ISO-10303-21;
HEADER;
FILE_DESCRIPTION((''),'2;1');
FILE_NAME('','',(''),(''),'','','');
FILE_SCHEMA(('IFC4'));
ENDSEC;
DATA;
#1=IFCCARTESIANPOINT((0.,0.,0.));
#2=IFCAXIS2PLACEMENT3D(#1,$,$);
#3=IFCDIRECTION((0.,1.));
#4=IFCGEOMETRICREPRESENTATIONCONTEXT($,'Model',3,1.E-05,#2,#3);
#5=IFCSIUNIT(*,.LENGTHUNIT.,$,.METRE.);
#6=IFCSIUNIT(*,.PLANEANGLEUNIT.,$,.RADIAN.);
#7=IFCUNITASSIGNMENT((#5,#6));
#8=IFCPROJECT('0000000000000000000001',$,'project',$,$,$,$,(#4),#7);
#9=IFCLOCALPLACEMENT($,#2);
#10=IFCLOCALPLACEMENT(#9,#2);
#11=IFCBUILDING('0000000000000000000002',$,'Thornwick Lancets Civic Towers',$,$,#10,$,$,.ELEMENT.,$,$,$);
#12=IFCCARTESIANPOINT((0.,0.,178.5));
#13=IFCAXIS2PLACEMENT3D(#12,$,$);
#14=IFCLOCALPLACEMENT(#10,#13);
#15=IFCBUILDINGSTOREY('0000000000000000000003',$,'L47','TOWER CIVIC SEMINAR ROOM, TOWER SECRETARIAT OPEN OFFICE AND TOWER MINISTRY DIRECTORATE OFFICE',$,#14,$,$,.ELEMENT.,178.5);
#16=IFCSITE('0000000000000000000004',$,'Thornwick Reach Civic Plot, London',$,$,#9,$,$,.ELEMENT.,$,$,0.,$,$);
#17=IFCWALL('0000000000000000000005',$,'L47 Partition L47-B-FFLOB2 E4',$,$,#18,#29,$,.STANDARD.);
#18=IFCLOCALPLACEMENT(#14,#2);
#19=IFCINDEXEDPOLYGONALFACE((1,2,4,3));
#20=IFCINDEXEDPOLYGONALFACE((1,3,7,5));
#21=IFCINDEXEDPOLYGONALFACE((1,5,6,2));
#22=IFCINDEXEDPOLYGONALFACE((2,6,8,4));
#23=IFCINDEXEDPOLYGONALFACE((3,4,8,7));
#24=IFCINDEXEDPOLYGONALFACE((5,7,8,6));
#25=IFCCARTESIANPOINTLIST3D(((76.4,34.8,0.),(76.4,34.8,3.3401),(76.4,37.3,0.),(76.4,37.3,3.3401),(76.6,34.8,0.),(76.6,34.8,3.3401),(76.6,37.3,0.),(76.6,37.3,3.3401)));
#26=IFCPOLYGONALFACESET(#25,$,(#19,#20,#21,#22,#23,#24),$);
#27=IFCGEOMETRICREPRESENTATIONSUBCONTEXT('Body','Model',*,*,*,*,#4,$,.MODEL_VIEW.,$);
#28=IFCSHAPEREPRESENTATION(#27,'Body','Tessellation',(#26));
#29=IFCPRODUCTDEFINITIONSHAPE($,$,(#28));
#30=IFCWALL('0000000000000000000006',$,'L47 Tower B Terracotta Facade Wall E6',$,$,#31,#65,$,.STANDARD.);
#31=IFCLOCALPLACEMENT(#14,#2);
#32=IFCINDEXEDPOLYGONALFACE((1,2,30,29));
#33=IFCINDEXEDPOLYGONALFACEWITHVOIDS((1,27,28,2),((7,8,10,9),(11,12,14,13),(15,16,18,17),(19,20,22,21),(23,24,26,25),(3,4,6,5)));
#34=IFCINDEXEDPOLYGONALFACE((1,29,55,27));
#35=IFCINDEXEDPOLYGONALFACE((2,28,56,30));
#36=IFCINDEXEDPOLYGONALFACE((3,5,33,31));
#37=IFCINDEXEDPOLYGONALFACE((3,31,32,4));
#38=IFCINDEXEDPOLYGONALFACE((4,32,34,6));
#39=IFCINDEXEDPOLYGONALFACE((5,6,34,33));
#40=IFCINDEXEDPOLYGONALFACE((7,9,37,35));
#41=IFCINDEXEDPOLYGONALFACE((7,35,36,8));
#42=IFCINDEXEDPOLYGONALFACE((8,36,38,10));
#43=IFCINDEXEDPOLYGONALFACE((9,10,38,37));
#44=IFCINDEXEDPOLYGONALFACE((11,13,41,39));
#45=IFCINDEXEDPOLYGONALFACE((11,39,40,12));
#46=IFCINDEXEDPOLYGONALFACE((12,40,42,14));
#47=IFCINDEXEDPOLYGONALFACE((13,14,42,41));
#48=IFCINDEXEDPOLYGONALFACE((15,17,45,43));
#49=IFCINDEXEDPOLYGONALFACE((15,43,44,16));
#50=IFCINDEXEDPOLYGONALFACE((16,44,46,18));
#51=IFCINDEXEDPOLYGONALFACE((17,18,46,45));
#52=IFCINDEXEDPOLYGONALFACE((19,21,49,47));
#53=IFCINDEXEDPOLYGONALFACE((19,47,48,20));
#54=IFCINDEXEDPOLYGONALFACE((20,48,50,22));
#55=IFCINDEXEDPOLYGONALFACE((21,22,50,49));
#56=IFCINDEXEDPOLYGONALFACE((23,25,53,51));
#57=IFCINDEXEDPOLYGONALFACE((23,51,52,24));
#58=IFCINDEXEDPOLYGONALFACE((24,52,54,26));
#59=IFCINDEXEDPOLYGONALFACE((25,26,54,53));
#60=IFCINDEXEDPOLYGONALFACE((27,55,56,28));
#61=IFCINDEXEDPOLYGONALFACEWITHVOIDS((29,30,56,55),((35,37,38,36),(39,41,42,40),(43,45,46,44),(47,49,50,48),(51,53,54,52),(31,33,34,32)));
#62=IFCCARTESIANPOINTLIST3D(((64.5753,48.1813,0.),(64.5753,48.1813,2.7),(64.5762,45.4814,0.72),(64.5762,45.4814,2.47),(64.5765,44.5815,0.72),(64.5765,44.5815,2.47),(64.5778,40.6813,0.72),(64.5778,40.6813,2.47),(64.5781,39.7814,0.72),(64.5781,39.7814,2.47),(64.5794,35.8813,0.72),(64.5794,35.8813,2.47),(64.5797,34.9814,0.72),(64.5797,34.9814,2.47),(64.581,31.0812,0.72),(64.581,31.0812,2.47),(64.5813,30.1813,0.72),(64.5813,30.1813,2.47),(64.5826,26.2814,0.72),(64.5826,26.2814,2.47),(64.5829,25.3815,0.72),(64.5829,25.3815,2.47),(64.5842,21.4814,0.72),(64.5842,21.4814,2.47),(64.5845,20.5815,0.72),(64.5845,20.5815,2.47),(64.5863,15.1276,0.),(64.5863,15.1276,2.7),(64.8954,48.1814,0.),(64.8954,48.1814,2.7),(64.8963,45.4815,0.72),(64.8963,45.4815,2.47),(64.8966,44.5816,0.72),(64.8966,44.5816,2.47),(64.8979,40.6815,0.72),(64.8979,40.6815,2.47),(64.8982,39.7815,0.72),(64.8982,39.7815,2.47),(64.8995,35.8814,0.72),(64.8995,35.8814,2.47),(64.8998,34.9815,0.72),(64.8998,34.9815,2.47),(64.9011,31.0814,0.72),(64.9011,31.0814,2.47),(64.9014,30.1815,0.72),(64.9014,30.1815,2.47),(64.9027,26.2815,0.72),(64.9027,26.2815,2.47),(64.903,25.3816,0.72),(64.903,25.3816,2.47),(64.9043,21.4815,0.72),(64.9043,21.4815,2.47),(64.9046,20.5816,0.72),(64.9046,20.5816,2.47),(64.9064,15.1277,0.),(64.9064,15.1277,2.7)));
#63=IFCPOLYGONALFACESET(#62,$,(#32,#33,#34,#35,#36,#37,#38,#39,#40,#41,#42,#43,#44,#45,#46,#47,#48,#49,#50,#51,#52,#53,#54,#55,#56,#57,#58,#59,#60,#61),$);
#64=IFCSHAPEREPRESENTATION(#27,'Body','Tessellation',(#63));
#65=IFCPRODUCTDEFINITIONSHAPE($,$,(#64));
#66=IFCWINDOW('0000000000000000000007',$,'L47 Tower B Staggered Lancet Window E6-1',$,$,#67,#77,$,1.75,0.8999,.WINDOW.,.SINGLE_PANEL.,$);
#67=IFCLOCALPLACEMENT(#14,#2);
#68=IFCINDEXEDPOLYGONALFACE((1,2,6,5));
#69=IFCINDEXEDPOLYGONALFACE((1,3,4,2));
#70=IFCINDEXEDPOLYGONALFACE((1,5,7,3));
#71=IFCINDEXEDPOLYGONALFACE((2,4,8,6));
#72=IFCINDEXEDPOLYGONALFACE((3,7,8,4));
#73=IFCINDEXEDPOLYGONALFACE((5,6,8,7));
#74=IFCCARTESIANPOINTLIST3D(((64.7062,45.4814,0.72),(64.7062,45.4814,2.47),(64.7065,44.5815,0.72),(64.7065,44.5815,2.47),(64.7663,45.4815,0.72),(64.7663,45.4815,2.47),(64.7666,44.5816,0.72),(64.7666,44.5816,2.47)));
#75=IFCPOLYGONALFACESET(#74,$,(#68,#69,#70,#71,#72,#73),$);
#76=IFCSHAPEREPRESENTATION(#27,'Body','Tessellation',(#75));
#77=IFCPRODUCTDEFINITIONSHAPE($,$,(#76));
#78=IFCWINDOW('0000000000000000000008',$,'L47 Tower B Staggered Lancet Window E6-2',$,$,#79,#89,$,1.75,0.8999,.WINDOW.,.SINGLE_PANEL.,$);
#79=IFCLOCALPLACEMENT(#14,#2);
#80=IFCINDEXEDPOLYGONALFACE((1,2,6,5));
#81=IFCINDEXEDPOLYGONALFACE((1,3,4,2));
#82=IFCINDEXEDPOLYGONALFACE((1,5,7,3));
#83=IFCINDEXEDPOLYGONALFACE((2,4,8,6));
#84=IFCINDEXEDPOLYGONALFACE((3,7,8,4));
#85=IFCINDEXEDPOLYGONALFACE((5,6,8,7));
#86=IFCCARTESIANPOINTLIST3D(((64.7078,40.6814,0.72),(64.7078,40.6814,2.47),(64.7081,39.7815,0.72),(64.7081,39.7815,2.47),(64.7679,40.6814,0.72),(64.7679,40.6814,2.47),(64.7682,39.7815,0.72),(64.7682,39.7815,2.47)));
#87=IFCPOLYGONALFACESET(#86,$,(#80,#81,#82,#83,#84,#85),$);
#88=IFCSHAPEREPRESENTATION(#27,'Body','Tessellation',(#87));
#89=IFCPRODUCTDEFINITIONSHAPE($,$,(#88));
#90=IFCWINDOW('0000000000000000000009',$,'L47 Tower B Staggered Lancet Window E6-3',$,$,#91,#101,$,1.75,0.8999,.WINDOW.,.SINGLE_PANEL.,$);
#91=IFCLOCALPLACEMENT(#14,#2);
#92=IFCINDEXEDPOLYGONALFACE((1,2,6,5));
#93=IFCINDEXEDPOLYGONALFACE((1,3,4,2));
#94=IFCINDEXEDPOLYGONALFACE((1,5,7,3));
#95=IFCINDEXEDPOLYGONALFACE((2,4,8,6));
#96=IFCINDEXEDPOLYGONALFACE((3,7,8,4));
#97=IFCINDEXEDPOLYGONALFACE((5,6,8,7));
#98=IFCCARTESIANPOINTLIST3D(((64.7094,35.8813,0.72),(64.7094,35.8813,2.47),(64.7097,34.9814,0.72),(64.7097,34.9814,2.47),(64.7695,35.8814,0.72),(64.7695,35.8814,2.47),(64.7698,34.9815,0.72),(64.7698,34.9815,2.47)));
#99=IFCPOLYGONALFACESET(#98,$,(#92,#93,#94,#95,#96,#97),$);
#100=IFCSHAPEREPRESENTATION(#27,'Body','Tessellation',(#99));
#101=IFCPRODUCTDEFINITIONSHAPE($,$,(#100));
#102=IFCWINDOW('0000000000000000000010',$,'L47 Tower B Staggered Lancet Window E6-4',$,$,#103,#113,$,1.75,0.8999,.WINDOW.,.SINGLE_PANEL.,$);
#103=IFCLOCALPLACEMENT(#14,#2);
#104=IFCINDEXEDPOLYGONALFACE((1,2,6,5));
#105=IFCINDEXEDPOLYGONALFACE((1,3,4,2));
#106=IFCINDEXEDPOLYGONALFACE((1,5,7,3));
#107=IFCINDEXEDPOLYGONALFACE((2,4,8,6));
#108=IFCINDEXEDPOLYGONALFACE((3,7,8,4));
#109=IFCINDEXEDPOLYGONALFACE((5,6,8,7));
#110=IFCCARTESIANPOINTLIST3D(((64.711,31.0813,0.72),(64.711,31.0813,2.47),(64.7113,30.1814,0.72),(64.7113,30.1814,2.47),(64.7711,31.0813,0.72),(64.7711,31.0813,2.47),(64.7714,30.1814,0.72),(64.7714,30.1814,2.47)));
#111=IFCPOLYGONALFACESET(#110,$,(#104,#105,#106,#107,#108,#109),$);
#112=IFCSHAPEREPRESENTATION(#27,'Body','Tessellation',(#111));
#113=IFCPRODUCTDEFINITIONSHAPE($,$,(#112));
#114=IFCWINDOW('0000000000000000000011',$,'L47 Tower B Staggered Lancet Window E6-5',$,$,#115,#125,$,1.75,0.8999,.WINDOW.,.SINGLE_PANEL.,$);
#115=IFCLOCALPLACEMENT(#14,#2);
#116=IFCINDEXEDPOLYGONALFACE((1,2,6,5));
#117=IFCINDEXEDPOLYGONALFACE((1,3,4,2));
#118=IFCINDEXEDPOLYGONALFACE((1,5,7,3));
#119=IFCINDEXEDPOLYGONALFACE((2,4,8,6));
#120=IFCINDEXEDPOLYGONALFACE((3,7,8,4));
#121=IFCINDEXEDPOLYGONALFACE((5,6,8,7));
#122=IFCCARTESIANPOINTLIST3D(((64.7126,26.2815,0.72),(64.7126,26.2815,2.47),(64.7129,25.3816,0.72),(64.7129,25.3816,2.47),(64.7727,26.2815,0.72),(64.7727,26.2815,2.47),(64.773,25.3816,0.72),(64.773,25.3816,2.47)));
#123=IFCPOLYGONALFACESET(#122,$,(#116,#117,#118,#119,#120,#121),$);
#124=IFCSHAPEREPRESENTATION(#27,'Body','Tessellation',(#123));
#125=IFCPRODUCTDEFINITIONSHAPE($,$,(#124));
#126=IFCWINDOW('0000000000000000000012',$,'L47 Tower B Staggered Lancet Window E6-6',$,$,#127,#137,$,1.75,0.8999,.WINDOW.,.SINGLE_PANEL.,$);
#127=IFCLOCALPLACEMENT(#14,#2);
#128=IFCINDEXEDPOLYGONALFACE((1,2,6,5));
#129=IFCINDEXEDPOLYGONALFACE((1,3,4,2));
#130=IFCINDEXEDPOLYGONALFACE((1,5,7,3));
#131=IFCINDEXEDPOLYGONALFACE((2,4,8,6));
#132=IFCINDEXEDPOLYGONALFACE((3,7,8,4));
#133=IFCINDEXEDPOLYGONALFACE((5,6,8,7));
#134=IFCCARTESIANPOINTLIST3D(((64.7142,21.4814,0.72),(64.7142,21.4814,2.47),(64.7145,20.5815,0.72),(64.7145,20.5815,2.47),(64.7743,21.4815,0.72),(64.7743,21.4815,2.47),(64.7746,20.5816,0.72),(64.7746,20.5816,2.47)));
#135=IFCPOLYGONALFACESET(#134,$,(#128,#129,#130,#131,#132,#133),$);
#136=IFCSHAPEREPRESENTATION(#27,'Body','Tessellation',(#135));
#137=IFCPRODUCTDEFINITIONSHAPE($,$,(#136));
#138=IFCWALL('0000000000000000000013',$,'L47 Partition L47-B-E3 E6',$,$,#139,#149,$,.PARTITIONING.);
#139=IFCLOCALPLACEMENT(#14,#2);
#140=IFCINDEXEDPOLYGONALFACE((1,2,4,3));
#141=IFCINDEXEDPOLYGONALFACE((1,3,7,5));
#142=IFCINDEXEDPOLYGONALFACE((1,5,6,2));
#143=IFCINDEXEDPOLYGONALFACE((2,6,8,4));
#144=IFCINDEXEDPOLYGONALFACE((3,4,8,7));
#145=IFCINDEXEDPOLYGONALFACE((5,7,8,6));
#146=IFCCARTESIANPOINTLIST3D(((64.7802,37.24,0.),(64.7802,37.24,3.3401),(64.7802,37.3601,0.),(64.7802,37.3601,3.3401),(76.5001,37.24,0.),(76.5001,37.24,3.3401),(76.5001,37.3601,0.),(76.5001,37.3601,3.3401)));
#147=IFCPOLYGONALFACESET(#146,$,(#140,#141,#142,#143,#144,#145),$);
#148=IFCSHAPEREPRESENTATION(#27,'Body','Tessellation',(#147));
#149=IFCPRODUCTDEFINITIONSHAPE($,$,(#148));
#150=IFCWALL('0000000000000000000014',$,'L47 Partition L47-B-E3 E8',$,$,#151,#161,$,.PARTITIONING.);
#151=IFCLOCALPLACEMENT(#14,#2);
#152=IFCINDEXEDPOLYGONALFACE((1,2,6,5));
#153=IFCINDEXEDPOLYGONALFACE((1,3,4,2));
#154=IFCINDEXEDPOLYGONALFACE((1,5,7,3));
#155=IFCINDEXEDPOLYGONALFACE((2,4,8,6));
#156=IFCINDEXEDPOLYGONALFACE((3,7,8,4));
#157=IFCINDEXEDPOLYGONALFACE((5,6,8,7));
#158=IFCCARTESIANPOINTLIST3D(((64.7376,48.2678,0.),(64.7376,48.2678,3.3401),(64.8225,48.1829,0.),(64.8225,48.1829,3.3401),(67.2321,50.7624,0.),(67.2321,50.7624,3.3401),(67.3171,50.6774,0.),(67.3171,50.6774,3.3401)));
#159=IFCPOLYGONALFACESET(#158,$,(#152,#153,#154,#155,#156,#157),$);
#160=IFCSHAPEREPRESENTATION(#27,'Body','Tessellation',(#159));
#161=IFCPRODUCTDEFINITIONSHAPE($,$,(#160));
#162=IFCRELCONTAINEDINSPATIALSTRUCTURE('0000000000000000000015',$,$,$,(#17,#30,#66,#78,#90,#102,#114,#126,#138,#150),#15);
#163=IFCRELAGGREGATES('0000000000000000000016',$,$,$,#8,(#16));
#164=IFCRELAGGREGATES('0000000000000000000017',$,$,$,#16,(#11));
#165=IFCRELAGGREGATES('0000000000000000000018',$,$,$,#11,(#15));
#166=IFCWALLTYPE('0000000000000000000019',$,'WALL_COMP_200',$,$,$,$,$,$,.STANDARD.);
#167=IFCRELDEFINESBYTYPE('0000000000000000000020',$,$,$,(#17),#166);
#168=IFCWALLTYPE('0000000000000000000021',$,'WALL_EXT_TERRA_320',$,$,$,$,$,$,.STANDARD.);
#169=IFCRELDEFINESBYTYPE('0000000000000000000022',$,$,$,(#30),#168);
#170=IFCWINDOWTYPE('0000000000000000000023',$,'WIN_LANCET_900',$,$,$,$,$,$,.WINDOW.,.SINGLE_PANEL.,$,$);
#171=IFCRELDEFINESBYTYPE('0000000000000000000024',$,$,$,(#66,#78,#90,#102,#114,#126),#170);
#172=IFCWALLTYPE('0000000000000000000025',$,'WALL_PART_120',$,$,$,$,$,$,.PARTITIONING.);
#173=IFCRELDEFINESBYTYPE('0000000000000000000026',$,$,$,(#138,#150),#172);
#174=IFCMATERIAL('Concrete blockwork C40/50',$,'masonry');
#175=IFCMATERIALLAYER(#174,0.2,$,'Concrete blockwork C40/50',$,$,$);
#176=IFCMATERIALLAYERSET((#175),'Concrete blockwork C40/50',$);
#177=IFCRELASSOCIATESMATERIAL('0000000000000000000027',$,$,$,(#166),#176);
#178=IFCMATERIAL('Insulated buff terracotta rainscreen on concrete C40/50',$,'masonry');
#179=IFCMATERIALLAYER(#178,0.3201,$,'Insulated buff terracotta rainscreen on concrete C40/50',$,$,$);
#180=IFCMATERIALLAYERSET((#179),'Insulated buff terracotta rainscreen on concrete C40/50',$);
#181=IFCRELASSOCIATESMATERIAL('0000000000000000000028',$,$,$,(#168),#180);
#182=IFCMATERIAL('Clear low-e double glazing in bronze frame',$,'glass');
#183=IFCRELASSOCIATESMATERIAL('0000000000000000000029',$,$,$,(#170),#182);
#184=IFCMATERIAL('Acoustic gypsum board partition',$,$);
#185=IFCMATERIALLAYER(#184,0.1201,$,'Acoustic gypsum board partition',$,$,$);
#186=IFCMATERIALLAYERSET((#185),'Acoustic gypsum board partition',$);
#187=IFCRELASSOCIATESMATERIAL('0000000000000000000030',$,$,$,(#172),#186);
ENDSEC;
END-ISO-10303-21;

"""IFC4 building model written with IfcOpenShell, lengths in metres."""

from ifc_helpers import new_model, si_unit, direction, frame, frame_2d, origin, place, context, subcontext, project, spatial, rectangle, extrude, material, layer, layer_set, type_object, element, fill, save


model = new_model("IFC4")

# Units and contexts
model_context = context("Model", 3, precision=1e-05, world=origin(), true_north=direction((0.0, 1.0)))
body_context = subcontext(model_context, "Body", "Model", "MODEL_VIEW")
ifc_project = project(units=[si_unit("LENGTHUNIT", "METRE"), si_unit("PLANEANGLEUNIT", "RADIAN")], contexts=[model_context])

# Site, building, storey
site_placement = place(None, origin())
site = spatial("IfcSite", under=ifc_project, at=site_placement, Name="Thornwick Reach Civic Plot, London", CompositionType="ELEMENT", RefElevation=0.0)
building_placement = place(site_placement, origin())
building = spatial("IfcBuilding", under=site, at=building_placement, Name="Thornwick Lancets Civic Towers", CompositionType="ELEMENT")
storey_placement = place(building_placement, frame((0.0, 0.0, 178.5)))
storey = spatial("IfcBuildingStorey", under=building, at=storey_placement, Name="L47", Description="TOWER CIVIC SEMINAR ROOM, TOWER SECRETARIAT OPEN OFFICE AND TOWER MINISTRY DIRECTORATE OFFICE", CompositionType="ELEMENT", Elevation=178.5)

# Wall
ifc_material_1 = material(Name="Concrete blockwork C40/50", Category="masonry")
ifc_layer_1 = layer(ifc_material_1, 0.2, Name="Concrete blockwork C40/50")
ifc_layer_set_1 = layer_set([ifc_layer_1], Name="Concrete blockwork C40/50")
wall_type_1 = type_object("IfcWallType", Name="WALL_COMP_200", PredefinedType="STANDARD", material=ifc_layer_set_1)
wall_1_placement = place(storey_placement, frame((76.5, 37.3, 0.0), z_axis=(0.0, 0.0, 1.0), x_axis=(0.0, -1.0, 0.0)))
element("IfcWall", 1, at=wall_1_placement, inside=storey, type_object=wall_type_1, Name="L47 Partition L47-B-FFLOB2 E4", PredefinedType="STANDARD", context=body_context, shape_type="SweptSolid", body=[
    extrude(rectangle(XDim=2.5, YDim=0.2, at=frame_2d((1.25, 0.0))), origin(), (0.0, 0.0, 1.0), 3.3401),
])

# Wall, openings, windows
ifc_material_2 = material(Name="Insulated buff terracotta rainscreen on concrete C40/50", Category="masonry")
ifc_layer_2 = layer(ifc_material_2, 0.3201, Name="Insulated buff terracotta rainscreen on concrete C40/50")
ifc_layer_set_2 = layer_set([ifc_layer_2], Name="Insulated buff terracotta rainscreen on concrete C40/50")
wall_type_2 = type_object("IfcWallType", Name="WALL_EXT_TERRA_320", PredefinedType="STANDARD", material=ifc_layer_set_2)
wall_2_placement = place(storey_placement, frame((64.7354, 48.1814, 0.0), z_axis=(0.0, 0.0, 1.0), x_axis=(0.000332, -1.0, 0.0)))
wall_2 = element("IfcWall", 2, at=wall_2_placement, inside=storey, type_object=wall_type_2, Name="L47 Tower B Terracotta Facade Wall E6", PredefinedType="STANDARD", context=body_context, shape_type="SweptSolid", body=[
    extrude(rectangle(XDim=33.0537, YDim=0.3201, at=frame_2d((16.5269, 0.0))), origin(), (0.0, 0.0, 1.0), 2.7),
])
opening_1_placement = place(wall_2_placement, frame((2.7, 0.0, 0.72)))
opening_1 = element("IfcOpeningElement", 3, at=opening_1_placement, cuts=wall_2, PredefinedType="OPENING", context=body_context, shape_type="SweptSolid", body=[
    extrude(rectangle(XDim=0.8999, YDim=1.75, at=frame_2d((0.45, 0.875))), frame((0.0, 0.1699, 0.0), z_axis=(0.0, -1.0, 0.0), x_axis=(1.0, 0.0, 0.0)), (0.0, 0.0, 1.0), 0.3401),
])
opening_2_placement = place(wall_2_placement, frame((7.5, 0.0, 0.72)))
opening_2 = element("IfcOpeningElement", 4, at=opening_2_placement, cuts=wall_2, PredefinedType="OPENING", context=body_context, shape_type="SweptSolid", body=[
    extrude(rectangle(XDim=0.8999, YDim=1.75, at=frame_2d((0.45, 0.875))), frame((0.0, 0.1699, 0.0), z_axis=(0.0, -1.0, 0.0), x_axis=(1.0, 0.0, 0.0)), (0.0, 0.0, 1.0), 0.3401),
])
opening_3_placement = place(wall_2_placement, frame((12.3, 0.0, 0.72)))
opening_3 = element("IfcOpeningElement", 5, at=opening_3_placement, cuts=wall_2, PredefinedType="OPENING", context=body_context, shape_type="SweptSolid", body=[
    extrude(rectangle(XDim=0.8999, YDim=1.75, at=frame_2d((0.45, 0.875))), frame((0.0, 0.1699, 0.0), z_axis=(0.0, -1.0, 0.0), x_axis=(1.0, 0.0, 0.0)), (0.0, 0.0, 1.0), 0.3401),
])
opening_4_placement = place(wall_2_placement, frame((17.1001, 0.0, 0.72)))
opening_4 = element("IfcOpeningElement", 6, at=opening_4_placement, cuts=wall_2, PredefinedType="OPENING", context=body_context, shape_type="SweptSolid", body=[
    extrude(rectangle(XDim=0.8999, YDim=1.75, at=frame_2d((0.45, 0.875))), frame((0.0, 0.1699, 0.0), z_axis=(0.0, -1.0, 0.0), x_axis=(1.0, 0.0, 0.0)), (0.0, 0.0, 1.0), 0.3401),
])
opening_5_placement = place(wall_2_placement, frame((21.8999, 0.0, 0.72)))
opening_5 = element("IfcOpeningElement", 7, at=opening_5_placement, cuts=wall_2, PredefinedType="OPENING", context=body_context, shape_type="SweptSolid", body=[
    extrude(rectangle(XDim=0.8999, YDim=1.75, at=frame_2d((0.45, 0.875))), frame((0.0, 0.1699, 0.0), z_axis=(0.0, -1.0, 0.0), x_axis=(1.0, 0.0, 0.0)), (0.0, 0.0, 1.0), 0.3401),
])
opening_6_placement = place(wall_2_placement, frame((26.7, 0.0, 0.72)))
opening_6 = element("IfcOpeningElement", 8, at=opening_6_placement, cuts=wall_2, PredefinedType="OPENING", context=body_context, shape_type="SweptSolid", body=[
    extrude(rectangle(XDim=0.8999, YDim=1.75, at=frame_2d((0.45, 0.875))), frame((0.0, 0.1699, 0.0), z_axis=(0.0, -1.0, 0.0), x_axis=(1.0, 0.0, 0.0)), (0.0, 0.0, 1.0), 0.3401),
])
ifc_material_3 = material(Name="Clear low-e double glazing in bronze frame", Category="glass")
window_type = type_object("IfcWindowType", Name="WIN_LANCET_900", PartitioningType="SINGLE_PANEL", PredefinedType="WINDOW", material=ifc_material_3)
window_1_placement = place(opening_1_placement, origin())
window_1 = element("IfcWindow", 9, at=window_1_placement, inside=storey, type_object=window_type, Name="L47 Tower B Staggered Lancet Window E6-1", OverallHeight=1.75, OverallWidth=0.8999, PartitioningType="SINGLE_PANEL", PredefinedType="WINDOW", context=body_context, shape_type="SweptSolid", body=[
    extrude(rectangle(XDim=0.8999, YDim=1.75, at=frame_2d((0.45, 0.875))), frame((0.0, 0.03, 0.0), z_axis=(0.0, -1.0, 0.0), x_axis=(1.0, 0.0, 0.0)), (0.0, 0.0, 1.0), 0.0601),
])
fill(opening_1, window_1)
window_2_placement = place(opening_2_placement, origin())
window_2 = element("IfcWindow", 10, at=window_2_placement, inside=storey, type_object=window_type, Name="L47 Tower B Staggered Lancet Window E6-2", OverallHeight=1.75, OverallWidth=0.8999, PartitioningType="SINGLE_PANEL", PredefinedType="WINDOW", context=body_context, shape_type="SweptSolid", body=[
    extrude(rectangle(XDim=0.8999, YDim=1.75, at=frame_2d((0.45, 0.875))), frame((0.0, 0.03, 0.0), z_axis=(0.0, -1.0, 0.0), x_axis=(1.0, 0.0, 0.0)), (0.0, 0.0, 1.0), 0.0601),
])
fill(opening_2, window_2)
window_3_placement = place(opening_3_placement, origin())
window_3 = element("IfcWindow", 11, at=window_3_placement, inside=storey, type_object=window_type, Name="L47 Tower B Staggered Lancet Window E6-3", OverallHeight=1.75, OverallWidth=0.8999, PartitioningType="SINGLE_PANEL", PredefinedType="WINDOW", context=body_context, shape_type="SweptSolid", body=[
    extrude(rectangle(XDim=0.8999, YDim=1.75, at=frame_2d((0.45, 0.875))), frame((0.0, 0.03, 0.0), z_axis=(0.0, -1.0, 0.0), x_axis=(1.0, 0.0, 0.0)), (0.0, 0.0, 1.0), 0.0601),
])
fill(opening_3, window_3)
window_4_placement = place(opening_4_placement, origin())
window_4 = element("IfcWindow", 12, at=window_4_placement, inside=storey, type_object=window_type, Name="L47 Tower B Staggered Lancet Window E6-4", OverallHeight=1.75, OverallWidth=0.8999, PartitioningType="SINGLE_PANEL", PredefinedType="WINDOW", context=body_context, shape_type="SweptSolid", body=[
    extrude(rectangle(XDim=0.8999, YDim=1.75, at=frame_2d((0.45, 0.875))), frame((0.0, 0.03, 0.0), z_axis=(0.0, -1.0, 0.0), x_axis=(1.0, 0.0, 0.0)), (0.0, 0.0, 1.0), 0.0601),
])
fill(opening_4, window_4)
window_5_placement = place(opening_5_placement, origin())
window_5 = element("IfcWindow", 13, at=window_5_placement, inside=storey, type_object=window_type, Name="L47 Tower B Staggered Lancet Window E6-5", OverallHeight=1.75, OverallWidth=0.8999, PartitioningType="SINGLE_PANEL", PredefinedType="WINDOW", context=body_context, shape_type="SweptSolid", body=[
    extrude(rectangle(XDim=0.8999, YDim=1.75, at=frame_2d((0.45, 0.875))), frame((0.0, 0.03, 0.0), z_axis=(0.0, -1.0, 0.0), x_axis=(1.0, 0.0, 0.0)), (0.0, 0.0, 1.0), 0.0601),
])
fill(opening_5, window_5)
window_6_placement = place(opening_6_placement, origin())
window_6 = element("IfcWindow", 14, at=window_6_placement, inside=storey, type_object=window_type, Name="L47 Tower B Staggered Lancet Window E6-6", OverallHeight=1.75, OverallWidth=0.8999, PartitioningType="SINGLE_PANEL", PredefinedType="WINDOW", context=body_context, shape_type="SweptSolid", body=[
    extrude(rectangle(XDim=0.8999, YDim=1.75, at=frame_2d((0.45, 0.875))), frame((0.0, 0.03, 0.0), z_axis=(0.0, -1.0, 0.0), x_axis=(1.0, 0.0, 0.0)), (0.0, 0.0, 1.0), 0.0601),
])
fill(opening_6, window_6)

# Walls
ifc_material_4 = material(Name="Acoustic gypsum board partition")
ifc_layer_3 = layer(ifc_material_4, 0.1201, Name="Acoustic gypsum board partition")
ifc_layer_set_3 = layer_set([ifc_layer_3], Name="Acoustic gypsum board partition")
wall_type_3 = type_object("IfcWallType", Name="WALL_PART_120", PredefinedType="PARTITIONING", material=ifc_layer_set_3)
wall_3_placement = place(storey_placement, frame((76.5, 37.3, 0.0), z_axis=(0.0, 0.0, 1.0), x_axis=(-1.0, 0.0, 0.0)))
element("IfcWall", 15, at=wall_3_placement, inside=storey, type_object=wall_type_3, Name="L47 Partition L47-B-E3 E6", PredefinedType="PARTITIONING", context=body_context, shape_type="SweptSolid", body=[
    extrude(rectangle(XDim=11.72, YDim=0.1201, at=frame_2d((5.8599, 0.0))), origin(), (0.0, 0.0, 1.0), 3.3401),
])
wall_4_placement = place(storey_placement, frame((64.78, 48.2253, 0.0), z_axis=(0.0, 0.0, 1.0), x_axis=(0.707107, 0.707107, 0.0)))
element("IfcWall", 16, at=wall_4_placement, inside=storey, type_object=wall_type_3, Name="L47 Partition L47-B-E3 E8", PredefinedType="PARTITIONING", context=body_context, shape_type="SweptSolid", body=[
    extrude(rectangle(XDim=3.5278, YDim=0.1201, at=frame_2d((1.7639, 0.0))), origin(), (0.0, 0.0, 1.0), 3.3401),
])

save(model, "model.ifc")
